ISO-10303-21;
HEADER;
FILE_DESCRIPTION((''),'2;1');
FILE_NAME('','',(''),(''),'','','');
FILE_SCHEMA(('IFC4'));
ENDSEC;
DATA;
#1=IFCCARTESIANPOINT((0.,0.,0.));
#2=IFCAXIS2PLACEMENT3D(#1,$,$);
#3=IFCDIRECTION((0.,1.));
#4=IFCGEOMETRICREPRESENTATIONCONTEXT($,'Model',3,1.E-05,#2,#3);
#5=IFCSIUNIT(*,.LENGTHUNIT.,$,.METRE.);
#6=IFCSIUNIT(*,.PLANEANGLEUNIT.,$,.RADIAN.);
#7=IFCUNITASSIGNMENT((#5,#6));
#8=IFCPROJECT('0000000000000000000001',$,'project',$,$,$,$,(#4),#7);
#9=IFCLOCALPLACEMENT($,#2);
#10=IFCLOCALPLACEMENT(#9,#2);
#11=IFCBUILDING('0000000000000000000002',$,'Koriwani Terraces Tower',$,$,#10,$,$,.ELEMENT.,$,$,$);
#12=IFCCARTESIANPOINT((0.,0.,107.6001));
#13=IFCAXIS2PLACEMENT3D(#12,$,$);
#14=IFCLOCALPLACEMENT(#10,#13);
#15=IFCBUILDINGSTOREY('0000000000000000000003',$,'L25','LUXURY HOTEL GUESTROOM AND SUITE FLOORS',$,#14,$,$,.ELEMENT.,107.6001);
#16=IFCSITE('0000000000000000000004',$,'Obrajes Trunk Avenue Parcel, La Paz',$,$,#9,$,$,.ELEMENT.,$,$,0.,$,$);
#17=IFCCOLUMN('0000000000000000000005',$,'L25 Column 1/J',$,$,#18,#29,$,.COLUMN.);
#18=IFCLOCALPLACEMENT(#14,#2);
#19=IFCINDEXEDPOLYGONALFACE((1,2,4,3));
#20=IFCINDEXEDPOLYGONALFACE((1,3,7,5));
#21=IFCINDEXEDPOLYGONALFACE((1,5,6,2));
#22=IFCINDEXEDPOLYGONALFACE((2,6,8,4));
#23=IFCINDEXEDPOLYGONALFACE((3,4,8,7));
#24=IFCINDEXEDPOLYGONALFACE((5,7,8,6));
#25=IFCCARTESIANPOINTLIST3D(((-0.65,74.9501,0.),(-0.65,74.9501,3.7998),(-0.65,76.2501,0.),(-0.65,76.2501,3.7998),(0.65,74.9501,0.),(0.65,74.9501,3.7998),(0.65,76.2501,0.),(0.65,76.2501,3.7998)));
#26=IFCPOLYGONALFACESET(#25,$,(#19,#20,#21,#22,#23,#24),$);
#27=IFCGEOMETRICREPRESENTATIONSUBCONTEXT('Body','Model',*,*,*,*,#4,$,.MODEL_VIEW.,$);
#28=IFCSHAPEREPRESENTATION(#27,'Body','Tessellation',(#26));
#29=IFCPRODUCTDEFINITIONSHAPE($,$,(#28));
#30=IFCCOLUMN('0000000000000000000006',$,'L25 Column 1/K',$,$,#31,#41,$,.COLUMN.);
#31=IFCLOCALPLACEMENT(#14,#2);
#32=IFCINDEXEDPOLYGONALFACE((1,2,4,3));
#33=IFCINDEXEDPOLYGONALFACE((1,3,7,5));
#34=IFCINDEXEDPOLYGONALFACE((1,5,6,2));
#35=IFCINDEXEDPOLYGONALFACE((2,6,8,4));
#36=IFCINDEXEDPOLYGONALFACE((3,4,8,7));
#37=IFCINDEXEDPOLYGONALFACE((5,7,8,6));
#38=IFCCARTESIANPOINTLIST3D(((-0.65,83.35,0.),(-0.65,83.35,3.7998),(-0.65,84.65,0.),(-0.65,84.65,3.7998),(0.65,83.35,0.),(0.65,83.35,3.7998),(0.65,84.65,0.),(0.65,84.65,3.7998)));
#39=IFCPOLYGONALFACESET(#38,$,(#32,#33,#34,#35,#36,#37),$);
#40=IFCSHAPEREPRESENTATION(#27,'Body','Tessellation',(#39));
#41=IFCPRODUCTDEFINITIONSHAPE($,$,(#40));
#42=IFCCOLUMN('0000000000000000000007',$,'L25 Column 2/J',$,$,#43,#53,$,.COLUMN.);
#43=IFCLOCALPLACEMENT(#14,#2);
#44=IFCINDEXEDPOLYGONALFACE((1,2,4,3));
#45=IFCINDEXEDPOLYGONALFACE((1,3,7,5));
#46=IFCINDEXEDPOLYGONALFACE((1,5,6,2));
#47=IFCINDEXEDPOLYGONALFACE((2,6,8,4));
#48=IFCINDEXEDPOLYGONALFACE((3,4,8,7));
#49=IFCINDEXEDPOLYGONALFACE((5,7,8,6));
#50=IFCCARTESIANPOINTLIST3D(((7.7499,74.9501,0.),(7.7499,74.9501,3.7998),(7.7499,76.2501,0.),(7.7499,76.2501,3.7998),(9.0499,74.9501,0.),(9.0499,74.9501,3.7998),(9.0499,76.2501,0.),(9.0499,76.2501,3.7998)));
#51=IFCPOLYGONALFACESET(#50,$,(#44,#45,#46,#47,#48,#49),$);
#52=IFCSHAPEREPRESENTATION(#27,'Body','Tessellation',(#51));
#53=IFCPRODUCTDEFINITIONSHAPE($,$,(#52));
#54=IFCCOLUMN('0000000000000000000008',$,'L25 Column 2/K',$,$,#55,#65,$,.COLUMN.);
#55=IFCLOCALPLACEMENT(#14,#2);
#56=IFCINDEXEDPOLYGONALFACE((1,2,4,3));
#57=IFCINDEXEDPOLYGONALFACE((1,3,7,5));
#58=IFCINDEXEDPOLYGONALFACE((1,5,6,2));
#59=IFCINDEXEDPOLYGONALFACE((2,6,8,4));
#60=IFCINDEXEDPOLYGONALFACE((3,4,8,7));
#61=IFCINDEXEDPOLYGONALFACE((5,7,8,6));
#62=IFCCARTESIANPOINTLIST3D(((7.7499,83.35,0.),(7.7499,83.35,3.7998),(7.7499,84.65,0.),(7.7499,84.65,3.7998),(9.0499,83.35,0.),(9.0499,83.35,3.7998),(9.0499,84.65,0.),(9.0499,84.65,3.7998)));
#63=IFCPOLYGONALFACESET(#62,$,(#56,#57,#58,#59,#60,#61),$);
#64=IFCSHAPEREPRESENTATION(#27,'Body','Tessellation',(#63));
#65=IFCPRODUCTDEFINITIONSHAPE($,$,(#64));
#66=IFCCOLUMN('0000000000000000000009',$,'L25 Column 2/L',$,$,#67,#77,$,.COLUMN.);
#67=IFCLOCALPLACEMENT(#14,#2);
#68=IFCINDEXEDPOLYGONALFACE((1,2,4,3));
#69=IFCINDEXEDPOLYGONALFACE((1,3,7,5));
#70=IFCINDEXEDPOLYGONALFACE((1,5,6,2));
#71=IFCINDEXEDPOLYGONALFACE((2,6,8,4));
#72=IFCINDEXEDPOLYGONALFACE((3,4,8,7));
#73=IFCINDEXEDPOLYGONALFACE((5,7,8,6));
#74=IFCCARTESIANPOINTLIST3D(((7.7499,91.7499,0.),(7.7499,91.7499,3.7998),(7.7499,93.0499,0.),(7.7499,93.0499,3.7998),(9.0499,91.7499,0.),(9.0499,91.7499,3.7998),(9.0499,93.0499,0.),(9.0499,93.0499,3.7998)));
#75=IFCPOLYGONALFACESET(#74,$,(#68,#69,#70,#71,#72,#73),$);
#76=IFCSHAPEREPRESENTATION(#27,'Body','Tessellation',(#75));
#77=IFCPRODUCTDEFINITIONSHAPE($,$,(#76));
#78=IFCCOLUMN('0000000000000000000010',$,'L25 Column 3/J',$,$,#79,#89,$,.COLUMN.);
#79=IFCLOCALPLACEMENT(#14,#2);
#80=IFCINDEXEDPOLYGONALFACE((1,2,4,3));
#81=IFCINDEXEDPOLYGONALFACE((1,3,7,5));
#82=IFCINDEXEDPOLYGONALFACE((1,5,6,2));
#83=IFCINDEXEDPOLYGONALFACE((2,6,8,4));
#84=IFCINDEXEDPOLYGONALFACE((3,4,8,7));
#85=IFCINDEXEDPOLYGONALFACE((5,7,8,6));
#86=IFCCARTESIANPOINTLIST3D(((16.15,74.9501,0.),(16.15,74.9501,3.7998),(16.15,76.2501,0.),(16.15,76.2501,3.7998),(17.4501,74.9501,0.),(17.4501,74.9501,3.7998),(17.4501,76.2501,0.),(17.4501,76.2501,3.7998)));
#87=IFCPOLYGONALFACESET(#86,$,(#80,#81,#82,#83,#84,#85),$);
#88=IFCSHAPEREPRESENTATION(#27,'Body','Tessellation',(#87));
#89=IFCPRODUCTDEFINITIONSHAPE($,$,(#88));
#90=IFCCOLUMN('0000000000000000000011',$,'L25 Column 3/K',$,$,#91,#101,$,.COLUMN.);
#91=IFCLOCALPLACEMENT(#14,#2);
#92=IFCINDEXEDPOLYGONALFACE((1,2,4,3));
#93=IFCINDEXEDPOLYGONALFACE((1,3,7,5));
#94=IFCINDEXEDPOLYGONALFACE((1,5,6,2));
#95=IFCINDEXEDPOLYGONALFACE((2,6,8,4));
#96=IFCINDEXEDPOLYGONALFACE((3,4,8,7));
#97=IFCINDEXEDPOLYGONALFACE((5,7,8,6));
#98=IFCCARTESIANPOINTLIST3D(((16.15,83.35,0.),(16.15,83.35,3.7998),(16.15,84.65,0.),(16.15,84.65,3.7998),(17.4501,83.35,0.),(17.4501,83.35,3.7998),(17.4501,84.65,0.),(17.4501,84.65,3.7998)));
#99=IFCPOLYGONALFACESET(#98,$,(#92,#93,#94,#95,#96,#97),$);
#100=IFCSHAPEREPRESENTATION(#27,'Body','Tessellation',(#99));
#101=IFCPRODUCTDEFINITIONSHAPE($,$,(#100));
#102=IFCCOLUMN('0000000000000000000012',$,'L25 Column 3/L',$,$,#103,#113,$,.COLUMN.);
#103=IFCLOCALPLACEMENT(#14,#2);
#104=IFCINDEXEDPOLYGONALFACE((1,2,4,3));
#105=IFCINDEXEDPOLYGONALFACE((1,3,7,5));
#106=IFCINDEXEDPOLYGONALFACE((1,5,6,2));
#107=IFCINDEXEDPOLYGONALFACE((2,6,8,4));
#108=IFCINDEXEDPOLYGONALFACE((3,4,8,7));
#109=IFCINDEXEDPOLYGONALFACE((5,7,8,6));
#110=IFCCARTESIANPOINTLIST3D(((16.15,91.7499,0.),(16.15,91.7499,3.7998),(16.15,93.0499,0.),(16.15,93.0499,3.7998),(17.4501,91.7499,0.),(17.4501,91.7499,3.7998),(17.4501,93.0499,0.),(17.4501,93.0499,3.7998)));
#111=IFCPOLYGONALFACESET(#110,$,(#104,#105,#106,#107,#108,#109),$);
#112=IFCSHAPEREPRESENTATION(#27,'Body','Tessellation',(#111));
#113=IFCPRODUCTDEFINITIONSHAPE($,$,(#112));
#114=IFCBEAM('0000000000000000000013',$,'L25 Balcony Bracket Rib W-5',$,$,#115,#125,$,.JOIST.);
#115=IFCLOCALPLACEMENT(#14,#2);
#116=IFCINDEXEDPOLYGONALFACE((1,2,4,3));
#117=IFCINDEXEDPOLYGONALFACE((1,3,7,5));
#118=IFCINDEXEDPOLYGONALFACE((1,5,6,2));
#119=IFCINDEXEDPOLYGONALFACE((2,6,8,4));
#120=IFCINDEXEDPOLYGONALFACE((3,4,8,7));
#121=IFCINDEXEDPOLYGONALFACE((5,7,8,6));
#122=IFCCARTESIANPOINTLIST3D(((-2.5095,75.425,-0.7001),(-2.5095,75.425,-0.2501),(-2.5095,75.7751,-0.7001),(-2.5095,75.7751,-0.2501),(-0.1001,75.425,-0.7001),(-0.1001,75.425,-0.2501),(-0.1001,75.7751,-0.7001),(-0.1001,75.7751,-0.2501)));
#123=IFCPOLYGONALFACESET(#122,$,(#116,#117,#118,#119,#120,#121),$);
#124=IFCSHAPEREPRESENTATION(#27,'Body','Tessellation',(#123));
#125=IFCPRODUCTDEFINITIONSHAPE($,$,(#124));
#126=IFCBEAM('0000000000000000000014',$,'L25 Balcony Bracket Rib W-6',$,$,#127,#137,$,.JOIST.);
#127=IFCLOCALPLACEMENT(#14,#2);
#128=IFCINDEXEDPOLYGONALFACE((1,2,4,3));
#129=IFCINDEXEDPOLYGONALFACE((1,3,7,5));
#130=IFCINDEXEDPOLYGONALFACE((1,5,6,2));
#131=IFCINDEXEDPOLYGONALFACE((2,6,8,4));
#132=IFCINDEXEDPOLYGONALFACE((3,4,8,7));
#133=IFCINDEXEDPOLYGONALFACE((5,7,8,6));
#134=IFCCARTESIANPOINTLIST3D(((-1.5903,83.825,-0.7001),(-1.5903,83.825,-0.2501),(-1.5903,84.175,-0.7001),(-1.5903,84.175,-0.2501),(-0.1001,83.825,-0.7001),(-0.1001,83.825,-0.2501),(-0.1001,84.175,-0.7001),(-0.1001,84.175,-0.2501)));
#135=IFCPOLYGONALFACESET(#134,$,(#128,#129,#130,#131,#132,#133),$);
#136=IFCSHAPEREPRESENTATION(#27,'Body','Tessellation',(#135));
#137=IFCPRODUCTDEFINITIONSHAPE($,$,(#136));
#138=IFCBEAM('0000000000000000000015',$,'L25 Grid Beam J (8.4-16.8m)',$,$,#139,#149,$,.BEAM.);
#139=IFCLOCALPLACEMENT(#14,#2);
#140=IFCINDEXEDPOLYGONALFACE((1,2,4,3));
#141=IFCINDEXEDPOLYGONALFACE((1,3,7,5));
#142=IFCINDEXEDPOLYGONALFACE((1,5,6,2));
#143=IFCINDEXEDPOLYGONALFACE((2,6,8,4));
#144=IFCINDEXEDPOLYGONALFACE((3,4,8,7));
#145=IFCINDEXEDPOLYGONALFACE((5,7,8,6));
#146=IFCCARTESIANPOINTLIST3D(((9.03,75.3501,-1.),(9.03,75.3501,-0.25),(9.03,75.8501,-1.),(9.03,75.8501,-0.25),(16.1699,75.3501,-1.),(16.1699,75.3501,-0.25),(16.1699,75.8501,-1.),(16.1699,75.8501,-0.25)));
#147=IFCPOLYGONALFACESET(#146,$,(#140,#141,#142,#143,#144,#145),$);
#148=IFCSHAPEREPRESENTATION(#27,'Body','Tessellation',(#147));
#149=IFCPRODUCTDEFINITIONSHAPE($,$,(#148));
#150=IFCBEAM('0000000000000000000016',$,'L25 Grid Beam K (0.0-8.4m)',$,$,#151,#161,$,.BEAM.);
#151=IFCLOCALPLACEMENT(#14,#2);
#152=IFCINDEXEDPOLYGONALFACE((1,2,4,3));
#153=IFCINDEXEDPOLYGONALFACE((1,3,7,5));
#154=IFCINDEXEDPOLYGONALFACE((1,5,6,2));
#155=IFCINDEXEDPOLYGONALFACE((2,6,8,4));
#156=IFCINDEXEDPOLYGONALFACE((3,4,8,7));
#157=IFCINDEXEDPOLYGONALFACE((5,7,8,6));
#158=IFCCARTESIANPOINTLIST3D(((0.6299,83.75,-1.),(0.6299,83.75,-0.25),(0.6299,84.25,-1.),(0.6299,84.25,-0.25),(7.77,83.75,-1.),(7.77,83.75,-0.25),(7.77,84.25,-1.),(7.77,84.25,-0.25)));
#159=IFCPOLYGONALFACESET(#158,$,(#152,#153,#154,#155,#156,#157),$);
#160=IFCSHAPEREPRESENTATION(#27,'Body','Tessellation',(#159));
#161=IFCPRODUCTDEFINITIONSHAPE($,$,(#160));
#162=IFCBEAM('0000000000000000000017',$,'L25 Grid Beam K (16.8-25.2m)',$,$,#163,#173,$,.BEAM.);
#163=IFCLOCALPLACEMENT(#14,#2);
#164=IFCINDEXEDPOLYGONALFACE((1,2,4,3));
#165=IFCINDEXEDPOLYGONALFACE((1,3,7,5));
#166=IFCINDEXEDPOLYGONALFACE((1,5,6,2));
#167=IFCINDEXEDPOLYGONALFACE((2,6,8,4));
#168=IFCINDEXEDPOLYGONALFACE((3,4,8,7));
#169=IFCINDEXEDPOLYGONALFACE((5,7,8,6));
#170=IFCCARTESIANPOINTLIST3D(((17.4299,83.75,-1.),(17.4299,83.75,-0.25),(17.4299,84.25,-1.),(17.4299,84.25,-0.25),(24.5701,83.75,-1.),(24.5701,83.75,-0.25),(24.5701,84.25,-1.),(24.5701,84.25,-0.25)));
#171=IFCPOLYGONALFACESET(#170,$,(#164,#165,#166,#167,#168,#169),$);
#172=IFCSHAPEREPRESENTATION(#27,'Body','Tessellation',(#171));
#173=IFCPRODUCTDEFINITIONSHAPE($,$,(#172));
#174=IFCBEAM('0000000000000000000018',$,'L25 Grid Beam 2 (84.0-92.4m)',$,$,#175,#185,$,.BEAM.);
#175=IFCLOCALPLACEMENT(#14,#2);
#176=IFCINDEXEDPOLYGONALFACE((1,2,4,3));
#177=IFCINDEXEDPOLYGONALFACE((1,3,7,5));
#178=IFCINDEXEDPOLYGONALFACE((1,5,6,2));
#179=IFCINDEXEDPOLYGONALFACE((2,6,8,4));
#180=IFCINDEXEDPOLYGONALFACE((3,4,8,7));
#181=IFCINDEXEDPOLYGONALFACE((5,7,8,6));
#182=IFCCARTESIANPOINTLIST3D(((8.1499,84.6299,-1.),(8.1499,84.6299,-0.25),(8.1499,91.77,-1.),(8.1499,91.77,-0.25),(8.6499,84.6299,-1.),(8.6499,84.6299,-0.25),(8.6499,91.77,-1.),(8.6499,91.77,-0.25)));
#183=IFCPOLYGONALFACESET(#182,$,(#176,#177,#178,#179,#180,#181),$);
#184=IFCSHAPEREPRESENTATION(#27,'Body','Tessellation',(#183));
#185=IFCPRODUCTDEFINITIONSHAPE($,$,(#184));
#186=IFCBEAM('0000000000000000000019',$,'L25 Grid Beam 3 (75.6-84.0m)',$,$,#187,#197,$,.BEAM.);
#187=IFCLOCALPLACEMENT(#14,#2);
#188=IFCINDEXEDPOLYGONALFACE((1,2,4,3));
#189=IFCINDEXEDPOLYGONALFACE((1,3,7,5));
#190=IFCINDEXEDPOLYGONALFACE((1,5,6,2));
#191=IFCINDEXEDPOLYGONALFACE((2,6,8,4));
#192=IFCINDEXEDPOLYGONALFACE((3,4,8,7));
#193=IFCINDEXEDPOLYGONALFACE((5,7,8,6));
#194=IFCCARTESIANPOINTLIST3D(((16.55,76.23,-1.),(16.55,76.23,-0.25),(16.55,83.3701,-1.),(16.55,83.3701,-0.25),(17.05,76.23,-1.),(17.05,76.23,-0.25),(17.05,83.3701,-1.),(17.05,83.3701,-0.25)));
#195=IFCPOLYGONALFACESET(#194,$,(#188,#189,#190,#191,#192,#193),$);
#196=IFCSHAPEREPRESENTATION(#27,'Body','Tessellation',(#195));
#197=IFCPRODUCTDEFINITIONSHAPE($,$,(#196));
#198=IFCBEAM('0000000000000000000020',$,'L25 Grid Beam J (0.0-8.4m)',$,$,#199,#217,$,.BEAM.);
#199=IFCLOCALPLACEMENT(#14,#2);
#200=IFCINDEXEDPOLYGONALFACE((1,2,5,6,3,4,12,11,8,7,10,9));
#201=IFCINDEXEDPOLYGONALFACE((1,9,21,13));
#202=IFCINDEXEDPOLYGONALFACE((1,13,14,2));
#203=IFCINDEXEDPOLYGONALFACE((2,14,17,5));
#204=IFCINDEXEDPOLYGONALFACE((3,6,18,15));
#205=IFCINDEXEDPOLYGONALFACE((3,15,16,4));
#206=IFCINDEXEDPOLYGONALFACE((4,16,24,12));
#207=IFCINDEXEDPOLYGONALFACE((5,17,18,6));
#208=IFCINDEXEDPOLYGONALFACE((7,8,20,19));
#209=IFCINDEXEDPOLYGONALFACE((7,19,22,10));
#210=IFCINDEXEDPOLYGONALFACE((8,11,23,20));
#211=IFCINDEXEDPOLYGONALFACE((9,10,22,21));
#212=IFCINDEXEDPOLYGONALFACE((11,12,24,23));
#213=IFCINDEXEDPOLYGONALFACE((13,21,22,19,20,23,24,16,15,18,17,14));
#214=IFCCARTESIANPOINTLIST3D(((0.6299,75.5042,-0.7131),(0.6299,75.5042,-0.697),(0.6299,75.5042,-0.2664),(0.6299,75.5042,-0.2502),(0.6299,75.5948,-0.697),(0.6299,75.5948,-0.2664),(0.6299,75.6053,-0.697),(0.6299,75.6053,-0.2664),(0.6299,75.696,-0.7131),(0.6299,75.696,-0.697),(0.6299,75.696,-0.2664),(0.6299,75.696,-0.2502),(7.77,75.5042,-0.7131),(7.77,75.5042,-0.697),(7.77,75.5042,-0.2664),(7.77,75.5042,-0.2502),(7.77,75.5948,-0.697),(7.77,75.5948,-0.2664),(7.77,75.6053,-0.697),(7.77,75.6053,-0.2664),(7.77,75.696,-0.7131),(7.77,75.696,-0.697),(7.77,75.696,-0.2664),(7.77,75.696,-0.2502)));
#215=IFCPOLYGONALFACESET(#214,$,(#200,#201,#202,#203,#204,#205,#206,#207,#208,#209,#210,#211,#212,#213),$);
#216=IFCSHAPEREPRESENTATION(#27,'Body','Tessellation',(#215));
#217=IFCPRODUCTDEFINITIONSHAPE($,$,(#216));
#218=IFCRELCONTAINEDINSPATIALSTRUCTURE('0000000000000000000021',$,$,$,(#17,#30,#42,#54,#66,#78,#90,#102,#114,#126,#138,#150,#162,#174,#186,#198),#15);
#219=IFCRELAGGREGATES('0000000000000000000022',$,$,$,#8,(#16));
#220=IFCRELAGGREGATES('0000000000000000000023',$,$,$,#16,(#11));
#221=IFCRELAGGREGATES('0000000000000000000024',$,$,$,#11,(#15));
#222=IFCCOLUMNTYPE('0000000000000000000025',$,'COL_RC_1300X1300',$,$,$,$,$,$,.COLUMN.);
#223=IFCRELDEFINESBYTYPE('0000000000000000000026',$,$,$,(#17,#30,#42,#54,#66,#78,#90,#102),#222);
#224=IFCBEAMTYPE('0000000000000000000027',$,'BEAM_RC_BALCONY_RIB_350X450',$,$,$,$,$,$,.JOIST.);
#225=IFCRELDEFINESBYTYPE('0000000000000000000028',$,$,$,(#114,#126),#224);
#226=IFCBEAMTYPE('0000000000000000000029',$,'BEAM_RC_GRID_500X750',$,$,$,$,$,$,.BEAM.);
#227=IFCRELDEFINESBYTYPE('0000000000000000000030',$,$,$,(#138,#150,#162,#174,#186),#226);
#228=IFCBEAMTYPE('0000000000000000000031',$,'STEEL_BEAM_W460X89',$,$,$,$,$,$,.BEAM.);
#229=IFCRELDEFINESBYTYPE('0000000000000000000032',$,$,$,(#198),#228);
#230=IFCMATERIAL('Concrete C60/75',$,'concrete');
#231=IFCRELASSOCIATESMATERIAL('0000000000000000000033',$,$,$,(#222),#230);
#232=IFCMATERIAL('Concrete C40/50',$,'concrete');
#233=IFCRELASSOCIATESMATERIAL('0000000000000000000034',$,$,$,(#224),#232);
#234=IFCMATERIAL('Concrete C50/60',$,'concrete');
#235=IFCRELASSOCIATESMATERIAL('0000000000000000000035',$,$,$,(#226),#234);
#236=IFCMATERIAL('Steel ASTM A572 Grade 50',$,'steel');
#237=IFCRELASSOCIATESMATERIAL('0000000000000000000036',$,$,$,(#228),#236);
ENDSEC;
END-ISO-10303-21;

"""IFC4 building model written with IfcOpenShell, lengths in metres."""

from ifc_helpers import new_model, si_unit, direction, frame, origin, origin_2d, place, context, subcontext, project, spatial, rectangle, i_section, extrude, material, material_profile, profile_set, type_object, element, save


model = new_model("IFC4")

# Units and contexts
model_context = context("Model", 3, precision=1e-05, world=origin(), true_north=direction((0.0, 1.0)))
body_context = subcontext(model_context, "Body", "Model", "MODEL_VIEW")
ifc_project = project(units=[si_unit("LENGTHUNIT", "METRE"), si_unit("PLANEANGLEUNIT", "RADIAN")], contexts=[model_context])

# Site, building, storey
site_placement = place(None, origin())
site = spatial("IfcSite", under=ifc_project, at=site_placement, Name="Obrajes Trunk Avenue Parcel, La Paz", CompositionType="ELEMENT", RefElevation=0.0)
building_placement = place(site_placement, origin())
building = spatial("IfcBuilding", under=site, at=building_placement, Name="Koriwani Terraces Tower", CompositionType="ELEMENT")
storey_placement = place(building_placement, frame((0.0, 0.0, 107.6001)))
storey = spatial("IfcBuildingStorey", under=building, at=storey_placement, Name="L25", Description="LUXURY HOTEL GUESTROOM AND SUITE FLOORS", CompositionType="ELEMENT", Elevation=107.6001)

# Columns
ifc_material_1 = material(Name="Concrete C60/75", Category="concrete")
ifc_material_profile_1 = material_profile(ifc_material_1, rectangle(XDim=1.3, YDim=1.3, at=origin_2d()), Name="Concrete C60/75", Category="LoadBearing")
ifc_profile_set_1 = profile_set([ifc_material_profile_1], Name="Concrete C60/75")
column_type = type_object("IfcColumnType", Name="COL_RC_1300X1300", PredefinedType="COLUMN", material=ifc_profile_set_1)
for number, where, z_axis, x_axis, name in (
    (1, (0.0, 75.6001, 0.0), (0.0, 0.0, 1.0), (1.0, 0.0, 0.0), "L25 Column 1/J"),
    (2, (0.0, 84.0, 0.0), (0.0, 0.0, 1.0), (1.0, 0.0, 0.0), "L25 Column 1/K"),
    (3, (8.3999, 75.6001, 0.0), (0.0, 0.0, 1.0), (1.0, 0.0, 0.0), "L25 Column 2/J"),
    (4, (8.3999, 84.0, 0.0), (0.0, 0.0, 1.0), (1.0, 0.0, 0.0), "L25 Column 2/K"),
    (5, (8.3999, 92.3999, 0.0), (0.0, 0.0, 1.0), (1.0, 0.0, 0.0), "L25 Column 2/L"),
    (6, (16.8, 75.6001, 0.0), (0.0, 0.0, 1.0), (1.0, 0.0, 0.0), "L25 Column 3/J"),
    (7, (16.8, 84.0, 0.0), (0.0, 0.0, 1.0), (1.0, 0.0, 0.0), "L25 Column 3/K"),
    (8, (16.8, 92.3999, 0.0), (0.0, 0.0, 1.0), (1.0, 0.0, 0.0), "L25 Column 3/L"),
):
    element("IfcColumn", number, at=place(storey_placement, frame(where, z_axis=z_axis, x_axis=x_axis)), inside=storey, type_object=column_type, Name=name, PredefinedType="COLUMN", context=body_context, shape_type="SweptSolid", body=[
        extrude(rectangle(XDim=1.3, YDim=1.3, at=origin_2d()), origin(), (0.0, 0.0, 1.0), 3.7998),
    ])

# Beams
ifc_material_2 = material(Name="Concrete C40/50", Category="concrete")
ifc_material_profile_2 = material_profile(ifc_material_2, rectangle(XDim=0.3501, YDim=0.45, at=origin_2d()), Name="Concrete C40/50", Category="LoadBearing")
ifc_profile_set_2 = profile_set([ifc_material_profile_2], Name="Concrete C40/50")
beam_type_1 = type_object("IfcBeamType", Name="BEAM_RC_BALCONY_RIB_350X450", PredefinedType="JOIST", material=ifc_profile_set_2)
beam_1_placement = place(storey_placement, frame((-2.5095, 75.6001, -0.4751), z_axis=(1.0, 0.0, 0.0), x_axis=(0.0, 1.0, 0.0)))
element("IfcBeam", 9, at=beam_1_placement, inside=storey, type_object=beam_type_1, Name="L25 Balcony Bracket Rib W-5", PredefinedType="JOIST", context=body_context, shape_type="SweptSolid", body=[
    extrude(rectangle(XDim=0.3501, YDim=0.45, at=origin_2d()), origin(), (0.0, 0.0, 1.0), 2.4094),
])
beam_2_placement = place(storey_placement, frame((-1.5903, 84.0, -0.4751), z_axis=(1.0, 0.0, 0.0), x_axis=(0.0, 1.0, 0.0)))
element("IfcBeam", 10, at=beam_2_placement, inside=storey, type_object=beam_type_1, Name="L25 Balcony Bracket Rib W-6", PredefinedType="JOIST", context=body_context, shape_type="SweptSolid", body=[
    extrude(rectangle(XDim=0.3501, YDim=0.45, at=origin_2d()), origin(), (0.0, 0.0, 1.0), 1.4902),
])
ifc_material_3 = material(Name="Concrete C50/60", Category="concrete")
ifc_material_profile_3 = material_profile(ifc_material_3, rectangle(XDim=0.5, YDim=0.75, at=origin_2d()), Name="Concrete C50/60", Category="LoadBearing")
ifc_profile_set_3 = profile_set([ifc_material_profile_3], Name="Concrete C50/60")
beam_type_2 = type_object("IfcBeamType", Name="BEAM_RC_GRID_500X750", PredefinedType="BEAM", material=ifc_profile_set_3)
beam_3_placement = place(storey_placement, frame((9.03, 75.6001, -0.625), z_axis=(1.0, 0.0, 0.0), x_axis=(0.0, 1.0, 0.0)))
element("IfcBeam", 11, at=beam_3_placement, inside=storey, type_object=beam_type_2, Name="L25 Grid Beam J (8.4-16.8m)", PredefinedType="BEAM", context=body_context, shape_type="SweptSolid", body=[
    extrude(rectangle(XDim=0.5, YDim=0.75, at=origin_2d()), origin(), (0.0, 0.0, 1.0), 7.1399),
])
for number, where, z_axis, x_axis, name in (
    (12, (0.6299, 84.0, -0.625), (1.0, 0.0, 0.0), (0.0, 1.0, 0.0), "L25 Grid Beam K (0.0-8.4m)"),
    (13, (17.4299, 84.0, -0.625), (1.0, 0.0, 0.0), (0.0, 1.0, 0.0), "L25 Grid Beam K (16.8-25.2m)"),
    (14, (8.3999, 84.6299, -0.625), (0.0, 1.0, 0.0), (-1.0, 0.0, 0.0), "L25 Grid Beam 2 (84.0-92.4m)"),
    (15, (16.8, 76.23, -0.625), (0.0, 1.0, 0.0), (-1.0, 0.0, 0.0), "L25 Grid Beam 3 (75.6-84.0m)"),
):
    element("IfcBeam", number, at=place(storey_placement, frame(where, z_axis=z_axis, x_axis=x_axis)), inside=storey, type_object=beam_type_2, Name=name, PredefinedType="BEAM", context=body_context, shape_type="SweptSolid", body=[
        extrude(rectangle(XDim=0.5, YDim=0.75, at=origin_2d()), origin(), (0.0, 0.0, 1.0), 7.1401),
    ])
ifc_material_4 = material(Name="Steel ASTM A572 Grade 50", Category="steel")
ifc_material_profile_4 = material_profile(ifc_material_4, i_section(OverallWidth=0.1919, OverallDepth=0.4629, WebThickness=0.0105, FlangeThickness=0.0161, at=origin_2d()), Name="Steel ASTM A572 Grade 50", Category="LoadBearing")
ifc_profile_set_4 = profile_set([ifc_material_profile_4], Name="Steel ASTM A572 Grade 50")
beam_type_3 = type_object("IfcBeamType", Name="STEEL_BEAM_W460X89", PredefinedType="BEAM", material=ifc_profile_set_4)
for number, where, z_axis, x_axis, name in (
    (16, (0.6299, 75.6001, -0.4817), (1.0, 0.0, 0.0), (0.0, 1.0, 0.0), "L25 Grid Beam J (0.0-8.4m)"),
):
    element("IfcBeam", number, at=place(storey_placement, frame(where, z_axis=z_axis, x_axis=x_axis)), inside=storey, type_object=beam_type_3, Name=name, PredefinedType="BEAM", context=body_context, shape_type="SweptSolid", body=[
        extrude(i_section(OverallWidth=0.1919, OverallDepth=0.4629, WebThickness=0.0105, FlangeThickness=0.0161, at=origin_2d()), origin(), (0.0, 0.0, 1.0), 7.1401),
    ])

save(model, "model.ifc")
